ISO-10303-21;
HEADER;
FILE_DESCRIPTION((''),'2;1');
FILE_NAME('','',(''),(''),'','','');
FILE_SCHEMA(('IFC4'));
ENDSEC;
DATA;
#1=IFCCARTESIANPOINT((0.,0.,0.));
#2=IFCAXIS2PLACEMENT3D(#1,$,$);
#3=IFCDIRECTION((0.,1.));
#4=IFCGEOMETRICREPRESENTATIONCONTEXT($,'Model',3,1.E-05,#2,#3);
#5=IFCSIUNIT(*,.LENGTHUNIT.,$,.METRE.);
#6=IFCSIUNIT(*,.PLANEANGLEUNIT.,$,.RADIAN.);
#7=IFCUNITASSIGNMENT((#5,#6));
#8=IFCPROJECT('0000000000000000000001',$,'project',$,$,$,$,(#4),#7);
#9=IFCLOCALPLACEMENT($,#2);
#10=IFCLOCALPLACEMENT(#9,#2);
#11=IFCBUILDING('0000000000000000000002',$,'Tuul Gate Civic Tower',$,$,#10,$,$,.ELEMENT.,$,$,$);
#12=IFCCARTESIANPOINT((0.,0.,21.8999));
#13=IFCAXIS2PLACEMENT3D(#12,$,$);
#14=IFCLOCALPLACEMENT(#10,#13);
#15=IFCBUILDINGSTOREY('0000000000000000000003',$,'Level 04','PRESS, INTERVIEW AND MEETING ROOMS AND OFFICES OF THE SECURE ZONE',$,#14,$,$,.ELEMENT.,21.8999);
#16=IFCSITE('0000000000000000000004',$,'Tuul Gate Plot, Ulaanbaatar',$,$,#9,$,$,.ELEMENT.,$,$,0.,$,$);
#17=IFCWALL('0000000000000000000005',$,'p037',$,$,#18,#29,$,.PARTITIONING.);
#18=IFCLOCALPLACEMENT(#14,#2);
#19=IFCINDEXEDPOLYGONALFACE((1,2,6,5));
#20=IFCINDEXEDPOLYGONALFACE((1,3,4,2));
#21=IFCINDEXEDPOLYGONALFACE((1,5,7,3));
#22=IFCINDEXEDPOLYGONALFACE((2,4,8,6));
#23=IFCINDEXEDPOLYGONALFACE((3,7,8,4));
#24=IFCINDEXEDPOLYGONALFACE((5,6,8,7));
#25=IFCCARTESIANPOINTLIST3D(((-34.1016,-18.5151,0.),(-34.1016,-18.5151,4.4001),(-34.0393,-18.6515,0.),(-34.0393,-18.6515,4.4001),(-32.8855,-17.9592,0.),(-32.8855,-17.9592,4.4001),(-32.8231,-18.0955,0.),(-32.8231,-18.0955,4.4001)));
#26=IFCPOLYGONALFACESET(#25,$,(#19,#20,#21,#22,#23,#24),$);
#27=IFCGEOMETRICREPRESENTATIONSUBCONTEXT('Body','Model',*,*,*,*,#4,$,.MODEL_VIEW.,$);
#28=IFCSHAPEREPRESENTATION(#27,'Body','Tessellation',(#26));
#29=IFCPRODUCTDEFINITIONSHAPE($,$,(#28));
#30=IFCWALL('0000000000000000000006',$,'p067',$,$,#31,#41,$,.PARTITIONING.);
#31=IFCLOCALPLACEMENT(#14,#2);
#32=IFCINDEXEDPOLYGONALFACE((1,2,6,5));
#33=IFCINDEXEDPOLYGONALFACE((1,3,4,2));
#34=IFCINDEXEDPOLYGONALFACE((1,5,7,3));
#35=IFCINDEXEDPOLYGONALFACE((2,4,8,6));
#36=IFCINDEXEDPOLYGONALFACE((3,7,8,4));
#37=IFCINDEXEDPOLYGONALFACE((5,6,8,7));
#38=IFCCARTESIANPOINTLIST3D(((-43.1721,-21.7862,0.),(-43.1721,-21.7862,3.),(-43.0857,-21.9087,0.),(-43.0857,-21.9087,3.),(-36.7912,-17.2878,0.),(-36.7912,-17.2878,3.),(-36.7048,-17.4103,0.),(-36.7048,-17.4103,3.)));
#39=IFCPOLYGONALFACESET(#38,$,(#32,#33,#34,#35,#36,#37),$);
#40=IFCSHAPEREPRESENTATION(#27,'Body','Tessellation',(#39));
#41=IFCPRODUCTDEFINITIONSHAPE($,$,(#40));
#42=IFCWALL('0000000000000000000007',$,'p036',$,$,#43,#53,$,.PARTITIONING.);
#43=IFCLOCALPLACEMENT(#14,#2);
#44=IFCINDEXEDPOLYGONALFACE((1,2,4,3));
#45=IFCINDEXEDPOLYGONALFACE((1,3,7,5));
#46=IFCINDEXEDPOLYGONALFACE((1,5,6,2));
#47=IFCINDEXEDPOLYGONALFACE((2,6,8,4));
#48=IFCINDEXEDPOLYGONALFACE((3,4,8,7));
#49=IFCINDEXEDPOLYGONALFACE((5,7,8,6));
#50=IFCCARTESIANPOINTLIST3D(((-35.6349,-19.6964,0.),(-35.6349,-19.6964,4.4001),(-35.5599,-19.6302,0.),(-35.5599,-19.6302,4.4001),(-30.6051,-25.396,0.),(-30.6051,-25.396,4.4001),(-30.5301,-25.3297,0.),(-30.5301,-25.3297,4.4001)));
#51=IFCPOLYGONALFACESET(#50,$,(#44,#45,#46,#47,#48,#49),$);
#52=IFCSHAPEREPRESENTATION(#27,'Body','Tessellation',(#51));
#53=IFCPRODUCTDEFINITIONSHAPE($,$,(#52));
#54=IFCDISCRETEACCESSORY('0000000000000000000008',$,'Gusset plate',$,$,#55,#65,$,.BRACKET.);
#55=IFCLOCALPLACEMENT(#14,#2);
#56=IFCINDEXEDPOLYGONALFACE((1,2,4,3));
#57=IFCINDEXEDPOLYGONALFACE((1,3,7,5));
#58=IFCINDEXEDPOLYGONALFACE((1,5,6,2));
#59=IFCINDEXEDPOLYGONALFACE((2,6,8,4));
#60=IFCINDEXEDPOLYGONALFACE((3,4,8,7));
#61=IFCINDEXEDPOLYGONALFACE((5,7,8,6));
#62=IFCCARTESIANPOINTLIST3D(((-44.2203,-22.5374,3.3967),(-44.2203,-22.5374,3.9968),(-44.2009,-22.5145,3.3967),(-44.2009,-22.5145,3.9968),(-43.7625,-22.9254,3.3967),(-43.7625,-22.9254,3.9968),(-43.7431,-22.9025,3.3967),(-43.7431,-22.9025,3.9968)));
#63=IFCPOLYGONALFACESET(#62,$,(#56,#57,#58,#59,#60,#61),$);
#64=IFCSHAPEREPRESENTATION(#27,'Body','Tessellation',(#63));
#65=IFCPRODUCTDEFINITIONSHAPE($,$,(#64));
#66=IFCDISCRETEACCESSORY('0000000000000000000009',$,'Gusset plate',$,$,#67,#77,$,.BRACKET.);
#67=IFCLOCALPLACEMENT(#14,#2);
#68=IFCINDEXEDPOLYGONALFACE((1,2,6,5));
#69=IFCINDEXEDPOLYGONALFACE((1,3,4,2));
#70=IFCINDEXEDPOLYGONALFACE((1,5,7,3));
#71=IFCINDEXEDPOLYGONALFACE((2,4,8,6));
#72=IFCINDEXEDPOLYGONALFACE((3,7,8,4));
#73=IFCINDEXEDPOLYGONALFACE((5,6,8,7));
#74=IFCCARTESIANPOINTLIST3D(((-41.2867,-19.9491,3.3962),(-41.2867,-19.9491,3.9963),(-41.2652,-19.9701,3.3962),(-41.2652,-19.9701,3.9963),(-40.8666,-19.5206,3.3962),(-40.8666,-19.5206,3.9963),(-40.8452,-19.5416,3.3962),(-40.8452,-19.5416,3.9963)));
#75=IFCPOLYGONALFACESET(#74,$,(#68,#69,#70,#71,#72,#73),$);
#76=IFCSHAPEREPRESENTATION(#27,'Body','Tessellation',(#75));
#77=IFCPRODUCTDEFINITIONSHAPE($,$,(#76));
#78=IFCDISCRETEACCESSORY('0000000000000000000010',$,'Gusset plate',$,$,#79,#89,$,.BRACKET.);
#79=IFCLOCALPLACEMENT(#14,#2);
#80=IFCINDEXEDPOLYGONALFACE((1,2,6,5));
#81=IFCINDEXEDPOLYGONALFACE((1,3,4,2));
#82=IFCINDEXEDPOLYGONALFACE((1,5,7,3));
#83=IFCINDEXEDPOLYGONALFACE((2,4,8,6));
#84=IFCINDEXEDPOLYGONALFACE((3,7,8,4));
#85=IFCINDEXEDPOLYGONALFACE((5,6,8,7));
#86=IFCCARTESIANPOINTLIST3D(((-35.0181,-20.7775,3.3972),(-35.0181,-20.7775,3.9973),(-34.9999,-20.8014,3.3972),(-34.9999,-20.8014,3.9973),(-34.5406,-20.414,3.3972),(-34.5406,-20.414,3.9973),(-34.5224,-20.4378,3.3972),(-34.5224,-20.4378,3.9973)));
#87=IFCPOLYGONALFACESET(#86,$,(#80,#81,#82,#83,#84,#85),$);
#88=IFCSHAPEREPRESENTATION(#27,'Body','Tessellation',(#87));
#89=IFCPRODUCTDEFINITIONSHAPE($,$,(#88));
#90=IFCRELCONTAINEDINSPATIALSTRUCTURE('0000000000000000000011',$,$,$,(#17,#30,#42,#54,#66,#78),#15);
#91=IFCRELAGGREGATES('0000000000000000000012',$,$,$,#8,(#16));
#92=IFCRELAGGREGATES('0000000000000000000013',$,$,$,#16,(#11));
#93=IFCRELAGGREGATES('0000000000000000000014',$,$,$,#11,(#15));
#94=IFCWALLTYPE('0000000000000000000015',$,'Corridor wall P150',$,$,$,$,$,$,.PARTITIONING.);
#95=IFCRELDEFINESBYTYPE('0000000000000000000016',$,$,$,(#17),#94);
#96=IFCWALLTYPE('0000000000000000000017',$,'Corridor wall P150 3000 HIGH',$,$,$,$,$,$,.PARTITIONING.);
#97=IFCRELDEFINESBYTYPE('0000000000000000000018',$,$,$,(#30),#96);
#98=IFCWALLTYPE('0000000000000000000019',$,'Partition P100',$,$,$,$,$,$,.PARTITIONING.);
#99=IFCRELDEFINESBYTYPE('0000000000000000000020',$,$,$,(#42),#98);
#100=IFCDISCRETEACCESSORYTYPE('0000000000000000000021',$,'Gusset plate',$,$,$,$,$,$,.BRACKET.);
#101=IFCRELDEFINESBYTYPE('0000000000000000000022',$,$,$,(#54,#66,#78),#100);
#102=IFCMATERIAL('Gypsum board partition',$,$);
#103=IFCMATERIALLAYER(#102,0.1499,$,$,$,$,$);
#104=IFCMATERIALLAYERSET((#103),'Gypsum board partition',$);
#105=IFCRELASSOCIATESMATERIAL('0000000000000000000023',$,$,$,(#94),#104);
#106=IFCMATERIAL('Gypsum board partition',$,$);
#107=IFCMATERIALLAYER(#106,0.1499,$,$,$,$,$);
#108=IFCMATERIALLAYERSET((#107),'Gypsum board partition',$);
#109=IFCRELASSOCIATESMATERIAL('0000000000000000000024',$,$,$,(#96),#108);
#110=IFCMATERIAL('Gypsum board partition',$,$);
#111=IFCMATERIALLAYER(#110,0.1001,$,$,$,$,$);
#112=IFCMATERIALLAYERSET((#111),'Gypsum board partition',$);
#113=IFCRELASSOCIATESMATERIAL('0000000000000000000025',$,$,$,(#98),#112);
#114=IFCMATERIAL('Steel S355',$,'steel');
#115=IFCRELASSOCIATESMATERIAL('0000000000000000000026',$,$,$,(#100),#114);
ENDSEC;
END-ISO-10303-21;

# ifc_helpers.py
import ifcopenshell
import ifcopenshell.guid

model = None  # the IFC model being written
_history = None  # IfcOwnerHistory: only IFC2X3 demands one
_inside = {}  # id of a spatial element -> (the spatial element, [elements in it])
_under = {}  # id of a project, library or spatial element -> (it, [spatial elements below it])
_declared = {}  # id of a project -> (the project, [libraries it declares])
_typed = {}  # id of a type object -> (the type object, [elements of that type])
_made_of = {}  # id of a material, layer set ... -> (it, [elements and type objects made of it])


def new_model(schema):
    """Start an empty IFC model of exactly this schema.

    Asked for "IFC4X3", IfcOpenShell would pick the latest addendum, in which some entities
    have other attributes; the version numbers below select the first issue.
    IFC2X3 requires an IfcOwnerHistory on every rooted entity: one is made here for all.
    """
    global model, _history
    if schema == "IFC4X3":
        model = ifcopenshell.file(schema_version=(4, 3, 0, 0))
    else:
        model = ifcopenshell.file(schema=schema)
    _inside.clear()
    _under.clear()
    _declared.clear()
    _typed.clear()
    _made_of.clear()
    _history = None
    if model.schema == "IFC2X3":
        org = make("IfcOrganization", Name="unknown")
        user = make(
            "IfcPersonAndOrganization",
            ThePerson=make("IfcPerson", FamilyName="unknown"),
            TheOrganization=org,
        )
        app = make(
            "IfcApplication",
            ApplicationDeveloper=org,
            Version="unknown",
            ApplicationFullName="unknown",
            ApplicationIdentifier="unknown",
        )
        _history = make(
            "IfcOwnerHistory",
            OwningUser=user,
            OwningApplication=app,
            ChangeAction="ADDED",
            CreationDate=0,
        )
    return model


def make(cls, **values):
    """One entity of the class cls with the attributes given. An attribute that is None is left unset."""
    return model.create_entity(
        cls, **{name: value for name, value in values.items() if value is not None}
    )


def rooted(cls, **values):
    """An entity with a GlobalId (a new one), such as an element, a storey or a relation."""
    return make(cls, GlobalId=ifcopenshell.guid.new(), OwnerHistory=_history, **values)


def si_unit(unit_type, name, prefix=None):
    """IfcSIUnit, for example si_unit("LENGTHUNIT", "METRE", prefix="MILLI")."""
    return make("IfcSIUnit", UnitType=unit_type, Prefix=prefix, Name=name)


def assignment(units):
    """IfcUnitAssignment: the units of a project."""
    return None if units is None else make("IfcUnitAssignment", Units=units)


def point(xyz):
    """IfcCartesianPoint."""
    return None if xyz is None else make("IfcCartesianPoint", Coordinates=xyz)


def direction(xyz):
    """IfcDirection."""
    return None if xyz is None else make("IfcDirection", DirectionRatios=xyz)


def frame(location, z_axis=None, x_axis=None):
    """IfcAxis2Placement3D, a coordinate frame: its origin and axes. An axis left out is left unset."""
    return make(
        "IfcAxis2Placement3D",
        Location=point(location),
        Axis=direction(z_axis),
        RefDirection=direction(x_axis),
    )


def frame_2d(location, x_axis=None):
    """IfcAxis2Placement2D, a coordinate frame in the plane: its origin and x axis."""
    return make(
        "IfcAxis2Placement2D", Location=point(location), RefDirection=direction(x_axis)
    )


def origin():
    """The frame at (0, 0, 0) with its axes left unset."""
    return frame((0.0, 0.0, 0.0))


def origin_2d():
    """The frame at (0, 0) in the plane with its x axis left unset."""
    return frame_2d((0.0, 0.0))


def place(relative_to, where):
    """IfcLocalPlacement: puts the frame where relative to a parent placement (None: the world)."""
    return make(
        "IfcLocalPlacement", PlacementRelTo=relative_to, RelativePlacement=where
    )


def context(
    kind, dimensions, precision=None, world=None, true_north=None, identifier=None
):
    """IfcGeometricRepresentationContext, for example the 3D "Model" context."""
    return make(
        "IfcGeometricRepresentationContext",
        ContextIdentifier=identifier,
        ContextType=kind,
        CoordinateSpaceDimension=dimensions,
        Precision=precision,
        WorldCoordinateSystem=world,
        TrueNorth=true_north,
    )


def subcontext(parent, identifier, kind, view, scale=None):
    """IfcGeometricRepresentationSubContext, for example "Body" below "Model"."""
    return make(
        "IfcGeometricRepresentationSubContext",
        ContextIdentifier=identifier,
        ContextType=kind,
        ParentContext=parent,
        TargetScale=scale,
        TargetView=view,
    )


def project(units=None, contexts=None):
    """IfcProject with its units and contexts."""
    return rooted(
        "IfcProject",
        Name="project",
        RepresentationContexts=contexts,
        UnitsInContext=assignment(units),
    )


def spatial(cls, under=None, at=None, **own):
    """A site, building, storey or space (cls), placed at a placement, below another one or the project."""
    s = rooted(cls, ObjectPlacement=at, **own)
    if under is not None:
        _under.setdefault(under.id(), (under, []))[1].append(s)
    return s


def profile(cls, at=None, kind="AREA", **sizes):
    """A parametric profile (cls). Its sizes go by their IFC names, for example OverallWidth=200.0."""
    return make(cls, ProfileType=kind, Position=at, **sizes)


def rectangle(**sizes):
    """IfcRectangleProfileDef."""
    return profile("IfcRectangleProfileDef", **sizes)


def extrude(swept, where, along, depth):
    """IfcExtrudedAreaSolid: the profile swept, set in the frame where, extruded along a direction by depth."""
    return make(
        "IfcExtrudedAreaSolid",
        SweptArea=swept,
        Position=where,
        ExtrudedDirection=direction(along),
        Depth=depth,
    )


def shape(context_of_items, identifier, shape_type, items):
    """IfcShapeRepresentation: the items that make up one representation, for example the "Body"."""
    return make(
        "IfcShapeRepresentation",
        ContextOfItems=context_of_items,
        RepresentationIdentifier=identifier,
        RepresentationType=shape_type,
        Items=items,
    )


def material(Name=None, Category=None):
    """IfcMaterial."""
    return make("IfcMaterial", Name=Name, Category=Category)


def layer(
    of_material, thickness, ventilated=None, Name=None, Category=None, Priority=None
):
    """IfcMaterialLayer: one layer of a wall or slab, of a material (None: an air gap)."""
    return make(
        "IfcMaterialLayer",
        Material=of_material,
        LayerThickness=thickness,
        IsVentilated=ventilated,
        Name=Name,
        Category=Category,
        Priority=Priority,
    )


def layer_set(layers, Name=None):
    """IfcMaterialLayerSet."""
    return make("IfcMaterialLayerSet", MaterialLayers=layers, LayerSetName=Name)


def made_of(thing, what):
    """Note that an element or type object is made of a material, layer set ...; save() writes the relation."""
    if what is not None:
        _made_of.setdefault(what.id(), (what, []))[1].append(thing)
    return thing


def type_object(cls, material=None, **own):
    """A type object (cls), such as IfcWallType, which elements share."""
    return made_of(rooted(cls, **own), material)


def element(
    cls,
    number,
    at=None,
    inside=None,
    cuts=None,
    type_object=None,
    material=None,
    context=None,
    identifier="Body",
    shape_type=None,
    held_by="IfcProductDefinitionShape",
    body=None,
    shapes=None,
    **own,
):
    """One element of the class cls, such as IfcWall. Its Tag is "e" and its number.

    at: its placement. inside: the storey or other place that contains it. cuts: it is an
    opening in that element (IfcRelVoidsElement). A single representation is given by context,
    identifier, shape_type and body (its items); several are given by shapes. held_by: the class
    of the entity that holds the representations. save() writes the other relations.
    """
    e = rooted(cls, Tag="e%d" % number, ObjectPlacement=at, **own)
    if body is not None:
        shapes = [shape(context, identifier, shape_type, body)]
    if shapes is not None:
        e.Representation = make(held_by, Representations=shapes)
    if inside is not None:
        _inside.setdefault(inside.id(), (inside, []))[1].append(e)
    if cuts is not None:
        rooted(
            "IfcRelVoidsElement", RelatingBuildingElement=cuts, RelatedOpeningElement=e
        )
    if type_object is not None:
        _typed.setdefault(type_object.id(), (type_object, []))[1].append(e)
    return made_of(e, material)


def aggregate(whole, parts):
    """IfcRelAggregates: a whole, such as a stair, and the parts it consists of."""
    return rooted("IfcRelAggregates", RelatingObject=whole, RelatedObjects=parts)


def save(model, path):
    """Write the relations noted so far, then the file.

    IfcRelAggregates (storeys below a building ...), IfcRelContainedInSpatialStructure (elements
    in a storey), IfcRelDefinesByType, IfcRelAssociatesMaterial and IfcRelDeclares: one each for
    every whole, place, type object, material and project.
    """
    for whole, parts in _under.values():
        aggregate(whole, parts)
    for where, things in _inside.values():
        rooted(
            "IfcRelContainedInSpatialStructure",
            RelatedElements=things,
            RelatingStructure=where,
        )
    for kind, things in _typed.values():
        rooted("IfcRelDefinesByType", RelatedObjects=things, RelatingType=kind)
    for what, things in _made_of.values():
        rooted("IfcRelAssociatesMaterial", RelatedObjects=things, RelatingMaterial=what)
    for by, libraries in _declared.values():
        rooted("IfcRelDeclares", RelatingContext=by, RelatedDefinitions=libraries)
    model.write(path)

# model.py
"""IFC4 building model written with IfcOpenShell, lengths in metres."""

from ifc_helpers import new_model, si_unit, direction, frame, frame_2d, origin, origin_2d, place, context, subcontext, project, spatial, rectangle, extrude, material, layer, layer_set, type_object, element, save


model = new_model("IFC4")

# Units and contexts
model_context = context("Model", 3, precision=1e-05, world=origin(), true_north=direction((0.0, 1.0)))
body_context = subcontext(model_context, "Body", "Model", "MODEL_VIEW")
ifc_project = project(units=[si_unit("LENGTHUNIT", "METRE"), si_unit("PLANEANGLEUNIT", "RADIAN")], contexts=[model_context])

# Site, building, storey
site_placement = place(None, origin())
site = spatial("IfcSite", under=ifc_project, at=site_placement, Name="Tuul Gate Plot, Ulaanbaatar", CompositionType="ELEMENT", RefElevation=0.0)
building_placement = place(site_placement, origin())
building = spatial("IfcBuilding", under=site, at=building_placement, Name="Tuul Gate Civic Tower", CompositionType="ELEMENT")
storey_placement = place(building_placement, frame((0.0, 0.0, 21.8999)))
storey = spatial("IfcBuildingStorey", under=building, at=storey_placement, Name="Level 04", Description="PRESS, INTERVIEW AND MEETING ROOMS AND OFFICES OF THE SECURE ZONE", CompositionType="ELEMENT", Elevation=21.8999)

# Shared definitions
ifc_material_1 = material(Name="Gypsum board partition")
ifc_layer_1 = layer(ifc_material_1, 0.1499)
ifc_layer_set_1 = layer_set([ifc_layer_1], Name="Gypsum board partition")
wall_type_1 = type_object("IfcWallType", Name="Corridor wall P150", PredefinedType="PARTITIONING", material=ifc_layer_set_1)

# Walls
wall_1_placement = place(storey_placement, frame((-34.0703, -18.5833, 0.0), z_axis=(0.0, 0.0, 1.0), x_axis=(0.909476, 0.415755, 0.0)))
element("IfcWall", 1, at=wall_1_placement, inside=storey, type_object=wall_type_1, Name="p037", PredefinedType="PARTITIONING", context=body_context, shape_type="SweptSolid", body=[
    extrude(rectangle(XDim=1.3372, YDim=0.1499, at=frame_2d((0.6685, 0.0))), origin(), (0.0, 0.0, 1.0), 4.4001),
])
ifc_material_2 = material(Name="Gypsum board partition")
ifc_layer_2 = layer(ifc_material_2, 0.1499)
ifc_layer_set_2 = layer_set([ifc_layer_2], Name="Gypsum board partition")
wall_type_2 = type_object("IfcWallType", Name="Corridor wall P150 3000 HIGH", PredefinedType="PARTITIONING", material=ifc_layer_set_2)
wall_2_placement = place(storey_placement, frame((-43.1289, -21.8474, 0.0), z_axis=(0.0, 0.0, 1.0), x_axis=(0.81732, 0.576183, 0.0)))
element("IfcWall", 2, at=wall_2_placement, inside=storey, type_object=wall_type_2, Name="p067", PredefinedType="PARTITIONING", context=body_context, shape_type="SweptSolid", body=[
    extrude(rectangle(XDim=7.8071, YDim=0.1499, at=frame_2d((3.9036, 0.0))), origin(), (0.0, 0.0, 1.0), 3.0),
])
ifc_material_3 = material(Name="Gypsum board partition")
ifc_layer_3 = layer(ifc_material_3, 0.1001)
ifc_layer_set_3 = layer_set([ifc_layer_3], Name="Gypsum board partition")
wall_type_3 = type_object("IfcWallType", Name="Partition P100", PredefinedType="PARTITIONING", material=ifc_layer_set_3)
wall_3_placement = place(storey_placement, frame((-35.5974, -19.6633, 0.0), z_axis=(0.0, 0.0, 1.0), x_axis=(0.661684, -0.749783, 0.0)))
element("IfcWall", 3, at=wall_3_placement, inside=storey, type_object=wall_type_3, Name="p036", PredefinedType="PARTITIONING", context=body_context, shape_type="SweptSolid", body=[
    extrude(rectangle(XDim=7.6016, YDim=0.1001, at=frame_2d((3.8008, 0.0))), origin(), (0.0, 0.0, 1.0), 4.4001),
])

# Discrete accessories
ifc_material_4 = material(Name="Steel S355", Category="steel")
discrete_accessory_type = type_object("IfcDiscreteAccessoryType", Name="Gusset plate", PredefinedType="BRACKET", material=ifc_material_4)
for number, where, z_axis, x_axis, name in (
    (4, (-43.9817, -22.72, 3.3967), (0.0, 0.0, 1.0), (-0.762835, 0.646593, 0.0), "Gusset plate"),
    (5, (-41.0659, -19.7454, 3.3962), (0.0, 0.0, 1.0), (-0.700009, -0.714134, 0.0), "Gusset plate"),
    (6, (-34.7703, -20.6077, 3.3972), (0.0, 0.0, 1.0), (0.795616, 0.605801, 0.0), "Gusset plate"),
):
    element("IfcDiscreteAccessory", number, at=place(storey_placement, frame(where, z_axis=z_axis, x_axis=x_axis)), inside=storey, type_object=discrete_accessory_type, Name=name, PredefinedType="BRACKET", context=body_context, shape_type="SweptSolid", body=[
        extrude(rectangle(XDim=0.6001, YDim=0.03, at=origin_2d()), origin(), (0.0, 0.0, 1.0), 0.6001),
    ])

save(model, "model.ifc")
